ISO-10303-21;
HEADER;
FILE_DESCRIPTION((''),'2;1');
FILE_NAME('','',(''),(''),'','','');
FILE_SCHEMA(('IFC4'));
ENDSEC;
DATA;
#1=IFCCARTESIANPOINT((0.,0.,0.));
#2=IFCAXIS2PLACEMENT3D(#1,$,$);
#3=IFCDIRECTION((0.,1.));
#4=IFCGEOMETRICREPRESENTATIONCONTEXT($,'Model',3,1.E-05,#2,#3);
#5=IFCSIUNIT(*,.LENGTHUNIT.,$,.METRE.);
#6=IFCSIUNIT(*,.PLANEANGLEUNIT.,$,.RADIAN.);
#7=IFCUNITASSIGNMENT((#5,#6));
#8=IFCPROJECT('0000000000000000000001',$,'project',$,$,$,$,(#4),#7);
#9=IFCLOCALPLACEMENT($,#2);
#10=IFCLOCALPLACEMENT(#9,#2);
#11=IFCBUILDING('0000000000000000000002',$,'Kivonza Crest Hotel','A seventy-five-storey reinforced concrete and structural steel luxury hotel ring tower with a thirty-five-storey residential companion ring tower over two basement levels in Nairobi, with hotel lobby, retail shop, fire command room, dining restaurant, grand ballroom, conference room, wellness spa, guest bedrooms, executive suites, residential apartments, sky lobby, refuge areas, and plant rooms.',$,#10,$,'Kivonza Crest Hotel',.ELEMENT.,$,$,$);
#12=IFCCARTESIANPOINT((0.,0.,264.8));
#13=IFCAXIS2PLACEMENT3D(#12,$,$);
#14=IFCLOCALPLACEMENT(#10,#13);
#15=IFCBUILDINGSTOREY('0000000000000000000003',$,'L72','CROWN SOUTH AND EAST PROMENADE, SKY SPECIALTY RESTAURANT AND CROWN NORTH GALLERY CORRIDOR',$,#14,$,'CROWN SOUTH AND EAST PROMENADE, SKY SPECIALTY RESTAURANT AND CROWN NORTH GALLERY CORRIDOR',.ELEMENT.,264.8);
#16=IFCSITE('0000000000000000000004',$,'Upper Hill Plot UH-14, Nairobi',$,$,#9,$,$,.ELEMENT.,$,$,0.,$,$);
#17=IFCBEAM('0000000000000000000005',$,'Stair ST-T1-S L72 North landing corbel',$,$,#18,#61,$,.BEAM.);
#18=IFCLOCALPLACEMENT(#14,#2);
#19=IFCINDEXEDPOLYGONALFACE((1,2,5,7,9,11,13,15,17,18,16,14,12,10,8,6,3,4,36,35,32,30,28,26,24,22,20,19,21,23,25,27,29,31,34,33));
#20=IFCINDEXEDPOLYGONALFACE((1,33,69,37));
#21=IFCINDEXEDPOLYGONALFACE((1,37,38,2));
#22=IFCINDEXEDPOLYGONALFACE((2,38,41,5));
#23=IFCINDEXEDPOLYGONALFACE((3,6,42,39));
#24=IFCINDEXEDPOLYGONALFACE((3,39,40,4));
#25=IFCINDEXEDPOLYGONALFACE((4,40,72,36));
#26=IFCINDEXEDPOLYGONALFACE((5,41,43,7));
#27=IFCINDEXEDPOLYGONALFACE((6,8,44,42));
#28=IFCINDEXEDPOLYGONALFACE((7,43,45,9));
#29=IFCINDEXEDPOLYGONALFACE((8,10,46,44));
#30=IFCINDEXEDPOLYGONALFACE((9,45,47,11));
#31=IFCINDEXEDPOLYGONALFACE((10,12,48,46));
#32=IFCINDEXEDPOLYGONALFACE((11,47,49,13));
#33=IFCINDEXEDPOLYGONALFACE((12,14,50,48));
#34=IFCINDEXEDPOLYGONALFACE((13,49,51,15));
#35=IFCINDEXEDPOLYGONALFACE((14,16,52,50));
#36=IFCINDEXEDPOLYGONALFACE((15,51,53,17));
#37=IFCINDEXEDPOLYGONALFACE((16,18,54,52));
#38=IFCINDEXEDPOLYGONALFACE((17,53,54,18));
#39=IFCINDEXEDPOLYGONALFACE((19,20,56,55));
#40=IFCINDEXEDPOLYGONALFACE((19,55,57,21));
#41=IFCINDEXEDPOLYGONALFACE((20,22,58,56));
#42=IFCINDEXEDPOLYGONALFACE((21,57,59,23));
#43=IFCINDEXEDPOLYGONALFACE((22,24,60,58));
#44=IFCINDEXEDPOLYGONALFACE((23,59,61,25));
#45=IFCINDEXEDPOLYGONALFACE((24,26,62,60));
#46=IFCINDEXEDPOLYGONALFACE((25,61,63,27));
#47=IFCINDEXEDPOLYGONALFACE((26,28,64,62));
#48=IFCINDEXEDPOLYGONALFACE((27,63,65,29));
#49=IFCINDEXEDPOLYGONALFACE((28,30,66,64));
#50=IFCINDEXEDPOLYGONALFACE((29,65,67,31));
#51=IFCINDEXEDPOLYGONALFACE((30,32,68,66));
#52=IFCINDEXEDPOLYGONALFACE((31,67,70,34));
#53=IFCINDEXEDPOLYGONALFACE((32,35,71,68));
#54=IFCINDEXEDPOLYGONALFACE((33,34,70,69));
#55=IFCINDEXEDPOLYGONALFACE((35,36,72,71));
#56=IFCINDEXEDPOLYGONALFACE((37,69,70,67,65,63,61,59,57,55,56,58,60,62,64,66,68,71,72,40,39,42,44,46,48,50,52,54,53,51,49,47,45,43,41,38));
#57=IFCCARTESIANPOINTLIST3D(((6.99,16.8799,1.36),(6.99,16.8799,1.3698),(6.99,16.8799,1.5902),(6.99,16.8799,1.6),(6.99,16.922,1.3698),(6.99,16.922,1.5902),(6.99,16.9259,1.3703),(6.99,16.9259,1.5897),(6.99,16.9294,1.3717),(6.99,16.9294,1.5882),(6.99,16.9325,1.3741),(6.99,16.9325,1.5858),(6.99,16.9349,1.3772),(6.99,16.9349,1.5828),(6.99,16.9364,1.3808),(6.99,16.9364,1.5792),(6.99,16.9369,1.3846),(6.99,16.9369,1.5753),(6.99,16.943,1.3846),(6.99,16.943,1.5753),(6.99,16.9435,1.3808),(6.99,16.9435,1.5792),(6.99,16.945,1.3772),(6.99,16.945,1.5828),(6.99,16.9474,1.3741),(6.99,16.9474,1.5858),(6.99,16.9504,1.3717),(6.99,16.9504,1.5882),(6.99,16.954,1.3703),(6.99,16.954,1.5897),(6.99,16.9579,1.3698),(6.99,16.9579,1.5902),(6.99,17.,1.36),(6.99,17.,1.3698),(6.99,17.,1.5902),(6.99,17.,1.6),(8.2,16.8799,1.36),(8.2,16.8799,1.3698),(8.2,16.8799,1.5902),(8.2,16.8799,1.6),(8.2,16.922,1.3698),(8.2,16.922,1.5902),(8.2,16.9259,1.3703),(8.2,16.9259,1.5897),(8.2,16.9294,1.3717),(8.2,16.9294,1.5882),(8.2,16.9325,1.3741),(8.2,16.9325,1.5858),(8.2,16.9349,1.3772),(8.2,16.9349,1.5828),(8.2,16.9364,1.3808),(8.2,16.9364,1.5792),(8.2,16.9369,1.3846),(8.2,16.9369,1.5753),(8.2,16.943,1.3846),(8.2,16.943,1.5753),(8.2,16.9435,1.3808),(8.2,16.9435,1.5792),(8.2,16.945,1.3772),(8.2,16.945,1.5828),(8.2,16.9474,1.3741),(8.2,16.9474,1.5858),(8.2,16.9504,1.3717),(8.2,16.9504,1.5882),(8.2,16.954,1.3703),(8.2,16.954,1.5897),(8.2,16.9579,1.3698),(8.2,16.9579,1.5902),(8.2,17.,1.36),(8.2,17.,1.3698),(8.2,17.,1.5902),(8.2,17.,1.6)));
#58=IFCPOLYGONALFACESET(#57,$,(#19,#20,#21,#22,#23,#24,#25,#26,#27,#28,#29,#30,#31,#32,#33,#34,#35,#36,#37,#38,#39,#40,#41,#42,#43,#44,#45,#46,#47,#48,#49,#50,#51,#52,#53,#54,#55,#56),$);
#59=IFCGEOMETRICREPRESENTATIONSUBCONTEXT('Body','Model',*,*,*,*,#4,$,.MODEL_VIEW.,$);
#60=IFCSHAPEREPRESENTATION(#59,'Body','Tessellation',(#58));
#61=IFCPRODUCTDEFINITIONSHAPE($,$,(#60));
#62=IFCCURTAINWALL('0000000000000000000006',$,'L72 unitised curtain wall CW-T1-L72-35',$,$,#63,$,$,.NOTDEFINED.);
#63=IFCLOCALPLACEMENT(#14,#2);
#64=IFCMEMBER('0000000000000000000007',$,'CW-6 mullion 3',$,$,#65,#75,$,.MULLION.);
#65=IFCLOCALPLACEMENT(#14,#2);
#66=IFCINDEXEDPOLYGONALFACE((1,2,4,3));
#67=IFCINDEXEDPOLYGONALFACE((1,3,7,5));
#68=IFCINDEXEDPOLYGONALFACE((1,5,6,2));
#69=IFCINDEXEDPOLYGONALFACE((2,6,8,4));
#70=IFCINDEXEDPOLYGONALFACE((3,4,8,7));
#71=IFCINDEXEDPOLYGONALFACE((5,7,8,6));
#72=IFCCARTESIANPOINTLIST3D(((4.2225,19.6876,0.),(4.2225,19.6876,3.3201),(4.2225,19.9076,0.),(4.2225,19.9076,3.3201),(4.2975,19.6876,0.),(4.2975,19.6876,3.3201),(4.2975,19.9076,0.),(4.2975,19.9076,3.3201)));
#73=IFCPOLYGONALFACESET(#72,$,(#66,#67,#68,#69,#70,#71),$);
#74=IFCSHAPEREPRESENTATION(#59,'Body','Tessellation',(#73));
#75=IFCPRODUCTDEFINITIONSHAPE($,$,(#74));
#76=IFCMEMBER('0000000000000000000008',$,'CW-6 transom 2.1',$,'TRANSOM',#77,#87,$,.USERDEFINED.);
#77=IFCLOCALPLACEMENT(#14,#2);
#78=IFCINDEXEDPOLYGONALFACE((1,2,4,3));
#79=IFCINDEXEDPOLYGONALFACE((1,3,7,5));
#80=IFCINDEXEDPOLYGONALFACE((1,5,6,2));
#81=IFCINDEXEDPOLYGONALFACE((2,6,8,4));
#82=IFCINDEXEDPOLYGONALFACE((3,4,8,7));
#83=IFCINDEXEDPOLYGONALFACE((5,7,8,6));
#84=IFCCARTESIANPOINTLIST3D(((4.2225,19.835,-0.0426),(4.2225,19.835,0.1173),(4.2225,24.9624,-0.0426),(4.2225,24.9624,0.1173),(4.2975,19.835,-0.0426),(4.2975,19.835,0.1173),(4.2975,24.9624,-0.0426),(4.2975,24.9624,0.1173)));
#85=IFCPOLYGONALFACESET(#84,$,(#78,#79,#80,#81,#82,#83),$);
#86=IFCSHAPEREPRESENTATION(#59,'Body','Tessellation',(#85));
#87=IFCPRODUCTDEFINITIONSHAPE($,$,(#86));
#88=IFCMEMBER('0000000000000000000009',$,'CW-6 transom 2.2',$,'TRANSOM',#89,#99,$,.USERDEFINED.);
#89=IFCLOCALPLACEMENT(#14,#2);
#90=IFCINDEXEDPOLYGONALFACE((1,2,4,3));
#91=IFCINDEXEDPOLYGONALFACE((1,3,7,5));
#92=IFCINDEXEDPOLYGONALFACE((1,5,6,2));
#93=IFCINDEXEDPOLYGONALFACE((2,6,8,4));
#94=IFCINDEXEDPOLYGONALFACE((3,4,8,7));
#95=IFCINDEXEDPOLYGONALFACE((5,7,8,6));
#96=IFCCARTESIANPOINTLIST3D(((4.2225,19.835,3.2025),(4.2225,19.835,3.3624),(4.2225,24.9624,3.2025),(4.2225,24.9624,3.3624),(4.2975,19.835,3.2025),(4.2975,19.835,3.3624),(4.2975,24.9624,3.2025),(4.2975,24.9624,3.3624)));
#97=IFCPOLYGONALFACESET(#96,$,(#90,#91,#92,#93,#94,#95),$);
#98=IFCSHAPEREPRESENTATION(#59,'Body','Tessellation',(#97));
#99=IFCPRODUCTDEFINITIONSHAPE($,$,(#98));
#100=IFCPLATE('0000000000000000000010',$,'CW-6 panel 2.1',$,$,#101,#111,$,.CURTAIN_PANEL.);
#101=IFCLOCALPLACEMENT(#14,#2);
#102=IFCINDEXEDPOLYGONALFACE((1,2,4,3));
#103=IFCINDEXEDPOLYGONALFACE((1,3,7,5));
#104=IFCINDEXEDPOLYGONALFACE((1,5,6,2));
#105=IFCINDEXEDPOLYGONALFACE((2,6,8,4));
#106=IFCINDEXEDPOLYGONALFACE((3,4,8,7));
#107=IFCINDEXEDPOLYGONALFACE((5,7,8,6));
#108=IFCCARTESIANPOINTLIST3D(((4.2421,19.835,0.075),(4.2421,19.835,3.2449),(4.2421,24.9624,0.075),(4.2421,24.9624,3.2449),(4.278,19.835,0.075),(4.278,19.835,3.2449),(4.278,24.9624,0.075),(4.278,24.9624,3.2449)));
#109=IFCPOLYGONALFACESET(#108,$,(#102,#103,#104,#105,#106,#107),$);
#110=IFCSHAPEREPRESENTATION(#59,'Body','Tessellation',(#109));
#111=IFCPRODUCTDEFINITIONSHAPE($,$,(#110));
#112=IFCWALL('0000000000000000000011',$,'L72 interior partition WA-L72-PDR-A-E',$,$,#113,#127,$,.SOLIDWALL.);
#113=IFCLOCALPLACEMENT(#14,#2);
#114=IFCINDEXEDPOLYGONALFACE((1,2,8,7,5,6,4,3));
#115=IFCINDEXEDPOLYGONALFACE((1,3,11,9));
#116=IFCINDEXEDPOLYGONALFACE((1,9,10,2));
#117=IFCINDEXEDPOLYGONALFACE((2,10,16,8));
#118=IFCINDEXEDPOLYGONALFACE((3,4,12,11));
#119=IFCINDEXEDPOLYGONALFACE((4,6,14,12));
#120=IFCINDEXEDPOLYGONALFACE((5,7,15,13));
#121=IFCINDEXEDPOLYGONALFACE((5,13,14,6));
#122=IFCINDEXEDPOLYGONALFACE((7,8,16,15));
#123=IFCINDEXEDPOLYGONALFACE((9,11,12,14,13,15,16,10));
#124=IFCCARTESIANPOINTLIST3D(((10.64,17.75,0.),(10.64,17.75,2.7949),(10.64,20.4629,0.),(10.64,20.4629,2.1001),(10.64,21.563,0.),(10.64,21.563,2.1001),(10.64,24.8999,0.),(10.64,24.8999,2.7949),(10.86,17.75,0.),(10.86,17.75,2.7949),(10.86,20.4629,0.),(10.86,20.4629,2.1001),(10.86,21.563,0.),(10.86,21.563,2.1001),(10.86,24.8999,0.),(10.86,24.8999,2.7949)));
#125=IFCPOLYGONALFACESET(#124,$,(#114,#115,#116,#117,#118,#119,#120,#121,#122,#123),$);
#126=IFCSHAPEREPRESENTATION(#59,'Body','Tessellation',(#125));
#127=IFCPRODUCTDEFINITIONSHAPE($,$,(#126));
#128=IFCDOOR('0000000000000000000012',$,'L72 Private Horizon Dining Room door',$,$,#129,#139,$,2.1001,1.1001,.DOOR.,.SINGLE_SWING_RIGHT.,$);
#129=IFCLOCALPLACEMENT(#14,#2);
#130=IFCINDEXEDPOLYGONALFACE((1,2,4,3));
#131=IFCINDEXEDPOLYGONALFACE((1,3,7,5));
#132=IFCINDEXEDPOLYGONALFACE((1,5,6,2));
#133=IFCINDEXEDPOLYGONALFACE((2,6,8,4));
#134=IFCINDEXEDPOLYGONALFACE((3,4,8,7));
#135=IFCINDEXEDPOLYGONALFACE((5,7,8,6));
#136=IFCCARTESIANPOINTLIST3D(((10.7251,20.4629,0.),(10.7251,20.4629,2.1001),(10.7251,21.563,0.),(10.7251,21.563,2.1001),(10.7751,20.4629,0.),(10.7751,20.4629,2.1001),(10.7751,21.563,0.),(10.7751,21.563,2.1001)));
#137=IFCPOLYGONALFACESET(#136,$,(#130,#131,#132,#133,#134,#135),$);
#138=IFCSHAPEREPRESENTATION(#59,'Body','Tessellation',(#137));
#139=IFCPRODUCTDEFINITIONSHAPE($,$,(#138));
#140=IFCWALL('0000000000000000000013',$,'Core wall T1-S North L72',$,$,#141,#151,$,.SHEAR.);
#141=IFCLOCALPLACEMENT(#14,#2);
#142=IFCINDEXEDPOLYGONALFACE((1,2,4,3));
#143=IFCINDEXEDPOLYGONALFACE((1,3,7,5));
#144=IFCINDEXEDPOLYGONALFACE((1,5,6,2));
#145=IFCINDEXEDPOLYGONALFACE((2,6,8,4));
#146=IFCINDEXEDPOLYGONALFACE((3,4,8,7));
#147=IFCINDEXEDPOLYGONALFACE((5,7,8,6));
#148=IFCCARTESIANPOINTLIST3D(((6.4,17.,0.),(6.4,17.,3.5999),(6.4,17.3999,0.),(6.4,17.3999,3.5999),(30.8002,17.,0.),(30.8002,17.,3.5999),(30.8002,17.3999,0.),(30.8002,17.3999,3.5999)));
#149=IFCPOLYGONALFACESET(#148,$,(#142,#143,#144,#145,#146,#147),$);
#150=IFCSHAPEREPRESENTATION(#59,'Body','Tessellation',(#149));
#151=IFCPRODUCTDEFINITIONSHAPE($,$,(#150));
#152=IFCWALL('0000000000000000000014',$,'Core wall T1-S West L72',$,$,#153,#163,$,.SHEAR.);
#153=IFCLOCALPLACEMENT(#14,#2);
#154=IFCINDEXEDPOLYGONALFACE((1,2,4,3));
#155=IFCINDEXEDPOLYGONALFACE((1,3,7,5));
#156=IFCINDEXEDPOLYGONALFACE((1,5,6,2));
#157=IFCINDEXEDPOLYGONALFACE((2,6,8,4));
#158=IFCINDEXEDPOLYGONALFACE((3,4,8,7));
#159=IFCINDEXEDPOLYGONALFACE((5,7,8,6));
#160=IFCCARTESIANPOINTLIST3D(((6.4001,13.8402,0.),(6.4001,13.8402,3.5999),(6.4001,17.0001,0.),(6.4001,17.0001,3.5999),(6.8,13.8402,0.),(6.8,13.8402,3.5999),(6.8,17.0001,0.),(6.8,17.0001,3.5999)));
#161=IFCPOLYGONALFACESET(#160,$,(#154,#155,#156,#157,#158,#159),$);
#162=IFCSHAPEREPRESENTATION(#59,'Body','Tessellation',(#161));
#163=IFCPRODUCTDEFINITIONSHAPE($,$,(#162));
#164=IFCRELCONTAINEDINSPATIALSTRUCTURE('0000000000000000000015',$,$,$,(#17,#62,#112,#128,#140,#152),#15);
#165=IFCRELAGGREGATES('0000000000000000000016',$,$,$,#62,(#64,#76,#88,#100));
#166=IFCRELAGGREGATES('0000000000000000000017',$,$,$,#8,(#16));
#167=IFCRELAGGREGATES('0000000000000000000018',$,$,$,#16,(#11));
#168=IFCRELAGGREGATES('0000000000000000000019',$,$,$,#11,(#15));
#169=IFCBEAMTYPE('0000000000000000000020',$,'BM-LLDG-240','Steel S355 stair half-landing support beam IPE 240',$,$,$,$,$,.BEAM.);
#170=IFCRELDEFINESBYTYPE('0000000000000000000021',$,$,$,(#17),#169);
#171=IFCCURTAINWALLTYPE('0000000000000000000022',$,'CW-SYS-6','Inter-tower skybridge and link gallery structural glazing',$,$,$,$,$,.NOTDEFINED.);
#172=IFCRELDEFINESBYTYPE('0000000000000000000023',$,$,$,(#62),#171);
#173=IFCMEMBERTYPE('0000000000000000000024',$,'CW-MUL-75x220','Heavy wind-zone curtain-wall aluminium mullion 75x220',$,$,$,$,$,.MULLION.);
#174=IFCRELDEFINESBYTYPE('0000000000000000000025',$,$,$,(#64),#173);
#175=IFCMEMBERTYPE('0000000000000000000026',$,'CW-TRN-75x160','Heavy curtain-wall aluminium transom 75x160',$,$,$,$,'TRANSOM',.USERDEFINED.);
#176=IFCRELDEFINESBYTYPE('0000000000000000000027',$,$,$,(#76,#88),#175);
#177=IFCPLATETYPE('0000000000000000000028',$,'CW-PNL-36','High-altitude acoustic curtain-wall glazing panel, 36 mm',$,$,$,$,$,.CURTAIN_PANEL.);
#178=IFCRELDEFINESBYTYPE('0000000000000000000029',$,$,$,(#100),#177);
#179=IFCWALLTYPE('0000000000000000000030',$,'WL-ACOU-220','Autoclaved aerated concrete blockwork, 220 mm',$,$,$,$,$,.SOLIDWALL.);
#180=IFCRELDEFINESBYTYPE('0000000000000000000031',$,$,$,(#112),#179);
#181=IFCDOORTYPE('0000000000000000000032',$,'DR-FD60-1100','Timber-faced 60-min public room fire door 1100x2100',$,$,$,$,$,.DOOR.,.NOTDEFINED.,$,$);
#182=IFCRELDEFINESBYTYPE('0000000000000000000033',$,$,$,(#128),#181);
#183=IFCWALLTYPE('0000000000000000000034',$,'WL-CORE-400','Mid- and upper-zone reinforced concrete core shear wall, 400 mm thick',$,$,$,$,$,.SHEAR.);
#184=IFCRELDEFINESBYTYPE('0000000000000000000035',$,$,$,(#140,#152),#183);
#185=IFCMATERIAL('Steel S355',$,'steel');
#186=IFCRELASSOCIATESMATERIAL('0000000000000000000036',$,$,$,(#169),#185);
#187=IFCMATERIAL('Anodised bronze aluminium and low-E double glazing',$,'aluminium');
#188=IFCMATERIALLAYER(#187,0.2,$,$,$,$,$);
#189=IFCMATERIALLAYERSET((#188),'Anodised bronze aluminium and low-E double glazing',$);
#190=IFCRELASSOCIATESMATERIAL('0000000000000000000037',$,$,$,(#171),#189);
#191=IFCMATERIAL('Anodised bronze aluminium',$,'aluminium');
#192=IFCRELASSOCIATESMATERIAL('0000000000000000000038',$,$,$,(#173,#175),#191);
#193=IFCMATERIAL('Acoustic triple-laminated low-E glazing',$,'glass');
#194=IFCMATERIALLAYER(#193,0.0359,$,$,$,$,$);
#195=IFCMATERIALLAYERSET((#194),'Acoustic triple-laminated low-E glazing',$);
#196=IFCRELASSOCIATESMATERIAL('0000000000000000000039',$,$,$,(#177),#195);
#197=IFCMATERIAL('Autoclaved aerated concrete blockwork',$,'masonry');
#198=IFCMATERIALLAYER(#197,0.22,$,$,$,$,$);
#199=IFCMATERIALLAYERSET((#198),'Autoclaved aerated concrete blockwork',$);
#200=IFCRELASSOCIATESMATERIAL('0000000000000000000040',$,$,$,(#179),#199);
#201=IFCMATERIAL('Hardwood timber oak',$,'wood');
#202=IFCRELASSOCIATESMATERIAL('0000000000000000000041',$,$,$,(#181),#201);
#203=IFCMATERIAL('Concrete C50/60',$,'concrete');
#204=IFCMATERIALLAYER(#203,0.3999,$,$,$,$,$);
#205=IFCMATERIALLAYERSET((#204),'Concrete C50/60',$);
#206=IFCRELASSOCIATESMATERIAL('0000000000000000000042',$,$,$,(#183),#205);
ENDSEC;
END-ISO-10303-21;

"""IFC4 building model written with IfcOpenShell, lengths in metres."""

from ifc_helpers import new_model, si_unit, direction, frame, frame_2d, origin, origin_2d, place, context, subcontext, project, spatial, rectangle, i_section, extrude, material, layer, layer_set, material_profile, profile_set, type_object, element, fill, aggregate, save


model = new_model("IFC4")

# Units and contexts
model_context = context("Model", 3, precision=1e-05, world=origin(), true_north=direction((0.0, 1.0)))
body_context = subcontext(model_context, "Body", "Model", "MODEL_VIEW")
ifc_project = project(units=[si_unit("LENGTHUNIT", "METRE"), si_unit("PLANEANGLEUNIT", "RADIAN")], contexts=[model_context])

# Site, building, storey
site_placement = place(None, origin())
site = spatial("IfcSite", under=ifc_project, at=site_placement, Name="Upper Hill Plot UH-14, Nairobi", CompositionType="ELEMENT", RefElevation=0.0)
building_placement = place(site_placement, origin())
building = spatial("IfcBuilding", under=site, at=building_placement, Name="Kivonza Crest Hotel", Description="A seventy-five-storey reinforced concrete and structural steel luxury hotel ring tower with a thirty-five-storey residential companion ring tower over two basement levels in Nairobi, with hotel lobby, retail shop, fire command room, dining restaurant, grand ballroom, conference room, wellness spa, guest bedrooms, executive suites, residential apartments, sky lobby, refuge areas, and plant rooms.", LongName="Kivonza Crest Hotel", CompositionType="ELEMENT")
storey_placement = place(building_placement, frame((0.0, 0.0, 264.8)))
storey = spatial("IfcBuildingStorey", under=building, at=storey_placement, Name="L72", Description="CROWN SOUTH AND EAST PROMENADE, SKY SPECIALTY RESTAURANT AND CROWN NORTH GALLERY CORRIDOR", LongName="CROWN SOUTH AND EAST PROMENADE, SKY SPECIALTY RESTAURANT AND CROWN NORTH GALLERY CORRIDOR", CompositionType="ELEMENT", Elevation=264.8)

# Shared definitions
ifc_material_1 = material(Name="Concrete C50/60", Category="concrete")

# Beam
ifc_material_2 = material(Name="Steel S355", Category="steel")
ifc_material_profile_1 = material_profile(ifc_material_2, i_section(OverallWidth=0.1201, OverallDepth=0.24, WebThickness=0.0061, FlangeThickness=0.0098, FilletRadius=0.0149, at=origin_2d()), Name="IPE 240")
ifc_profile_set_1 = profile_set([ifc_material_profile_1], Name="Steel S355")
beam_type_1 = type_object("IfcBeamType", Name="BM-LLDG-240", Description="Steel S355 stair half-landing support beam IPE 240", PredefinedType="BEAM", material=ifc_profile_set_1)
for number, where, z_axis, x_axis, name in (
    (1, (6.99, 16.9399, 1.48), (1.0, 0.0, 0.0), (0.0, 1.0, 0.0), "Stair ST-T1-S L72 North landing corbel"),
):
    element("IfcBeam", number, at=place(storey_placement, frame(where, z_axis=z_axis, x_axis=x_axis)), inside=storey, type_object=beam_type_1, Name=name, PredefinedType="BEAM", context=body_context, shape_type="SweptSolid", body=[
        extrude(i_section(OverallWidth=0.1201, OverallDepth=0.24, WebThickness=0.0061, FlangeThickness=0.0098, FilletRadius=0.0149, at=origin_2d()), origin(), (0.0, 0.0, 1.0), 1.21),
    ])

# Curtain wall, members, plate
ifc_material_3 = material(Name="Anodised bronze aluminium and low-E double glazing", Category="aluminium")
ifc_layer_1 = layer(ifc_material_3, 0.2)
ifc_layer_set_1 = layer_set([ifc_layer_1], Name="Anodised bronze aluminium and low-E double glazing")
curtain_wall_type = type_object("IfcCurtainWallType", Name="CW-SYS-6", Description="Inter-tower skybridge and link gallery structural glazing", PredefinedType="NOTDEFINED", material=ifc_layer_set_1)
curtain_wall_placement = place(storey_placement, origin())
curtain_wall = element("IfcCurtainWall", 2, at=curtain_wall_placement, inside=storey, type_object=curtain_wall_type, Name="L72 unitised curtain wall CW-T1-L72-35", PredefinedType="NOTDEFINED")
ifc_material_4 = material(Name="Anodised bronze aluminium", Category="aluminium")
ifc_material_profile_2 = material_profile(ifc_material_4, rectangle(XDim=0.075, YDim=0.22, at=origin_2d()), Name="CW-M 75x220")
ifc_profile_set_2 = profile_set([ifc_material_profile_2], Name="Anodised bronze aluminium")
member_type_1 = type_object("IfcMemberType", Name="CW-MUL-75x220", Description="Heavy wind-zone curtain-wall aluminium mullion 75x220", PredefinedType="MULLION", material=ifc_profile_set_2)
member_1_placement = place(storey_placement, frame((4.26, 19.7976, 0.0), z_axis=(0.0, 0.0, 1.0), x_axis=(1.0, 0.0, 0.0)))
member_1 = element("IfcMember", 3, at=member_1_placement, type_object=member_type_1, Name="CW-6 mullion 3", PredefinedType="MULLION", context=body_context, shape_type="SweptSolid", body=[
    extrude(rectangle(XDim=0.075, YDim=0.22, at=origin_2d()), origin(), (0.0, 0.0, 1.0), 3.3201),
])
ifc_material_profile_3 = material_profile(ifc_material_4, rectangle(XDim=0.075, YDim=0.1599, at=origin_2d()), Name="CW-T 75x160")
ifc_profile_set_3 = profile_set([ifc_material_profile_3], Name="Anodised bronze aluminium")
member_type_2 = type_object("IfcMemberType", Name="CW-TRN-75x160", Description="Heavy curtain-wall aluminium transom 75x160", ElementType="TRANSOM", PredefinedType="USERDEFINED", material=ifc_profile_set_3)
member_2_placement = place(storey_placement, frame((4.26, 24.9624, 0.0374), z_axis=(0.0, -1.0, 0.0), x_axis=(1.0, 0.0, 0.0)))
member_2 = element("IfcMember", 4, at=member_2_placement, type_object=member_type_2, Name="CW-6 transom 2.1", ObjectType="TRANSOM", PredefinedType="USERDEFINED", context=body_context, shape_type="SweptSolid", body=[
    extrude(rectangle(XDim=0.075, YDim=0.1599, at=origin_2d()), origin(), (0.0, 0.0, 1.0), 5.1274),
])
member_3_placement = place(storey_placement, frame((4.26, 24.9624, 3.2825), z_axis=(0.0, -1.0, 0.0), x_axis=(1.0, 0.0, 0.0)))
member_3 = element("IfcMember", 5, at=member_3_placement, type_object=member_type_2, Name="CW-6 transom 2.2", ObjectType="TRANSOM", PredefinedType="USERDEFINED", context=body_context, shape_type="SweptSolid", body=[
    extrude(rectangle(XDim=0.075, YDim=0.1599, at=origin_2d()), origin(), (0.0, 0.0, 1.0), 5.1274),
])
ifc_material_5 = material(Name="Acoustic triple-laminated low-E glazing", Category="glass")
ifc_layer_2 = layer(ifc_material_5, 0.0359)
ifc_layer_set_2 = layer_set([ifc_layer_2], Name="Acoustic triple-laminated low-E glazing")
plate_type = type_object("IfcPlateType", Name="CW-PNL-36", Description="High-altitude acoustic curtain-wall glazing panel, 36 mm", PredefinedType="CURTAIN_PANEL", material=ifc_layer_set_2)
plate_placement = place(storey_placement, frame((4.26, 22.3987, 0.075), z_axis=(0.0, 0.0, 1.0), x_axis=(0.0, -1.0, 0.0)))
plate = element("IfcPlate", 6, at=plate_placement, type_object=plate_type, Name="CW-6 panel 2.1", PredefinedType="CURTAIN_PANEL", context=body_context, shape_type="SweptSolid", body=[
    extrude(rectangle(XDim=5.1274, YDim=0.0359, at=origin_2d()), origin(), (0.0, 0.0, 1.0), 3.1699),
])
aggregate(curtain_wall, [member_1, member_2, member_3, plate])

# Wall, opening, door
ifc_material_6 = material(Name="Autoclaved aerated concrete blockwork", Category="masonry")
ifc_layer_3 = layer(ifc_material_6, 0.22)
ifc_layer_set_3 = layer_set([ifc_layer_3], Name="Autoclaved aerated concrete blockwork")
wall_type_1 = type_object("IfcWallType", Name="WL-ACOU-220", Description="Autoclaved aerated concrete blockwork, 220 mm", PredefinedType="SOLIDWALL", material=ifc_layer_set_3)
wall_1_placement = place(storey_placement, frame((10.75, 17.75, 0.0), z_axis=(0.0, 0.0, 1.0), x_axis=(0.0, 1.0, 0.0)))
wall_1 = element("IfcWall", 7, at=wall_1_placement, inside=storey, type_object=wall_type_1, Name="L72 interior partition WA-L72-PDR-A-E", PredefinedType="SOLIDWALL", context=body_context, shape_type="SweptSolid", body=[
    extrude(rectangle(XDim=7.1499, YDim=0.22, at=frame_2d((3.575, 0.0))), origin(), (0.0, 0.0, 1.0), 2.7949),
])
opening_1_placement = place(wall_1_placement, frame((2.7129, 0.0, 0.0)))
opening_1 = element("IfcOpeningElement", 8, at=opening_1_placement, cuts=wall_1, PredefinedType="OPENING", context=body_context, shape_type="SweptSolid", body=[
    extrude(rectangle(XDim=1.1001, YDim=2.1001, at=frame_2d((0.55, 1.05))), frame((0.0, 0.1201, 0.0), z_axis=(0.0, -1.0, 0.0), x_axis=(1.0, 0.0, 0.0)), (0.0, 0.0, 1.0), 0.24),
])
ifc_material_7 = material(Name="Hardwood timber oak", Category="wood")
door_type_1 = type_object("IfcDoorType", Name="DR-FD60-1100", Description="Timber-faced 60-min public room fire door 1100x2100", OperationType="NOTDEFINED", PredefinedType="DOOR", material=ifc_material_7)
door_1_placement = place(opening_1_placement, origin())
door_1 = element("IfcDoor", 9, at=door_1_placement, inside=storey, type_object=door_type_1, Name="L72 Private Horizon Dining Room door", OperationType="SINGLE_SWING_RIGHT", OverallHeight=2.1001, OverallWidth=1.1001, PredefinedType="DOOR", context=body_context, shape_type="SweptSolid", body=[
    extrude(rectangle(XDim=1.1001, YDim=2.1001, at=frame_2d((0.55, 1.05))), frame((0.0, 0.0249, 0.0), z_axis=(0.0, -1.0, 0.0), x_axis=(1.0, 0.0, 0.0)), (0.0, 0.0, 1.0), 0.05),
])
fill(opening_1, door_1)

# Walls
ifc_layer_4 = layer(ifc_material_1, 0.3999)
ifc_layer_set_4 = layer_set([ifc_layer_4], Name="Concrete C50/60")
wall_type_2 = type_object("IfcWallType", Name="WL-CORE-400", Description="Mid- and upper-zone reinforced concrete core shear wall, 400 mm thick", PredefinedType="SHEAR", material=ifc_layer_set_4)
wall_2_placement = place(storey_placement, frame((6.3999, 17.2, 0.0), z_axis=(0.0, 0.0, 1.0), x_axis=(1.0, 0.0, 0.0)))
element("IfcWall", 10, at=wall_2_placement, inside=storey, type_object=wall_type_2, Name="Core wall T1-S North L72", PredefinedType="SHEAR", context=body_context, shape_type="SweptSolid", body=[
    extrude(rectangle(XDim=24.4001, YDim=0.3999, at=frame_2d((12.2002, 0.0))), origin(), (0.0, 0.0, 1.0), 3.5999),
])
wall_3_placement = place(storey_placement, frame((6.6001, 13.8401, 0.0), z_axis=(0.0, 0.0, 1.0), x_axis=(0.0, 1.0, 0.0)))
element("IfcWall", 11, at=wall_3_placement, inside=storey, type_object=wall_type_2, Name="Core wall T1-S West L72", PredefinedType="SHEAR", context=body_context, shape_type="SweptSolid", body=[
    extrude(rectangle(XDim=3.1599, YDim=0.3999, at=frame_2d((1.5801, 0.0))), origin(), (0.0, 0.0, 1.0), 3.5999),
])

save(model, "model.ifc")
